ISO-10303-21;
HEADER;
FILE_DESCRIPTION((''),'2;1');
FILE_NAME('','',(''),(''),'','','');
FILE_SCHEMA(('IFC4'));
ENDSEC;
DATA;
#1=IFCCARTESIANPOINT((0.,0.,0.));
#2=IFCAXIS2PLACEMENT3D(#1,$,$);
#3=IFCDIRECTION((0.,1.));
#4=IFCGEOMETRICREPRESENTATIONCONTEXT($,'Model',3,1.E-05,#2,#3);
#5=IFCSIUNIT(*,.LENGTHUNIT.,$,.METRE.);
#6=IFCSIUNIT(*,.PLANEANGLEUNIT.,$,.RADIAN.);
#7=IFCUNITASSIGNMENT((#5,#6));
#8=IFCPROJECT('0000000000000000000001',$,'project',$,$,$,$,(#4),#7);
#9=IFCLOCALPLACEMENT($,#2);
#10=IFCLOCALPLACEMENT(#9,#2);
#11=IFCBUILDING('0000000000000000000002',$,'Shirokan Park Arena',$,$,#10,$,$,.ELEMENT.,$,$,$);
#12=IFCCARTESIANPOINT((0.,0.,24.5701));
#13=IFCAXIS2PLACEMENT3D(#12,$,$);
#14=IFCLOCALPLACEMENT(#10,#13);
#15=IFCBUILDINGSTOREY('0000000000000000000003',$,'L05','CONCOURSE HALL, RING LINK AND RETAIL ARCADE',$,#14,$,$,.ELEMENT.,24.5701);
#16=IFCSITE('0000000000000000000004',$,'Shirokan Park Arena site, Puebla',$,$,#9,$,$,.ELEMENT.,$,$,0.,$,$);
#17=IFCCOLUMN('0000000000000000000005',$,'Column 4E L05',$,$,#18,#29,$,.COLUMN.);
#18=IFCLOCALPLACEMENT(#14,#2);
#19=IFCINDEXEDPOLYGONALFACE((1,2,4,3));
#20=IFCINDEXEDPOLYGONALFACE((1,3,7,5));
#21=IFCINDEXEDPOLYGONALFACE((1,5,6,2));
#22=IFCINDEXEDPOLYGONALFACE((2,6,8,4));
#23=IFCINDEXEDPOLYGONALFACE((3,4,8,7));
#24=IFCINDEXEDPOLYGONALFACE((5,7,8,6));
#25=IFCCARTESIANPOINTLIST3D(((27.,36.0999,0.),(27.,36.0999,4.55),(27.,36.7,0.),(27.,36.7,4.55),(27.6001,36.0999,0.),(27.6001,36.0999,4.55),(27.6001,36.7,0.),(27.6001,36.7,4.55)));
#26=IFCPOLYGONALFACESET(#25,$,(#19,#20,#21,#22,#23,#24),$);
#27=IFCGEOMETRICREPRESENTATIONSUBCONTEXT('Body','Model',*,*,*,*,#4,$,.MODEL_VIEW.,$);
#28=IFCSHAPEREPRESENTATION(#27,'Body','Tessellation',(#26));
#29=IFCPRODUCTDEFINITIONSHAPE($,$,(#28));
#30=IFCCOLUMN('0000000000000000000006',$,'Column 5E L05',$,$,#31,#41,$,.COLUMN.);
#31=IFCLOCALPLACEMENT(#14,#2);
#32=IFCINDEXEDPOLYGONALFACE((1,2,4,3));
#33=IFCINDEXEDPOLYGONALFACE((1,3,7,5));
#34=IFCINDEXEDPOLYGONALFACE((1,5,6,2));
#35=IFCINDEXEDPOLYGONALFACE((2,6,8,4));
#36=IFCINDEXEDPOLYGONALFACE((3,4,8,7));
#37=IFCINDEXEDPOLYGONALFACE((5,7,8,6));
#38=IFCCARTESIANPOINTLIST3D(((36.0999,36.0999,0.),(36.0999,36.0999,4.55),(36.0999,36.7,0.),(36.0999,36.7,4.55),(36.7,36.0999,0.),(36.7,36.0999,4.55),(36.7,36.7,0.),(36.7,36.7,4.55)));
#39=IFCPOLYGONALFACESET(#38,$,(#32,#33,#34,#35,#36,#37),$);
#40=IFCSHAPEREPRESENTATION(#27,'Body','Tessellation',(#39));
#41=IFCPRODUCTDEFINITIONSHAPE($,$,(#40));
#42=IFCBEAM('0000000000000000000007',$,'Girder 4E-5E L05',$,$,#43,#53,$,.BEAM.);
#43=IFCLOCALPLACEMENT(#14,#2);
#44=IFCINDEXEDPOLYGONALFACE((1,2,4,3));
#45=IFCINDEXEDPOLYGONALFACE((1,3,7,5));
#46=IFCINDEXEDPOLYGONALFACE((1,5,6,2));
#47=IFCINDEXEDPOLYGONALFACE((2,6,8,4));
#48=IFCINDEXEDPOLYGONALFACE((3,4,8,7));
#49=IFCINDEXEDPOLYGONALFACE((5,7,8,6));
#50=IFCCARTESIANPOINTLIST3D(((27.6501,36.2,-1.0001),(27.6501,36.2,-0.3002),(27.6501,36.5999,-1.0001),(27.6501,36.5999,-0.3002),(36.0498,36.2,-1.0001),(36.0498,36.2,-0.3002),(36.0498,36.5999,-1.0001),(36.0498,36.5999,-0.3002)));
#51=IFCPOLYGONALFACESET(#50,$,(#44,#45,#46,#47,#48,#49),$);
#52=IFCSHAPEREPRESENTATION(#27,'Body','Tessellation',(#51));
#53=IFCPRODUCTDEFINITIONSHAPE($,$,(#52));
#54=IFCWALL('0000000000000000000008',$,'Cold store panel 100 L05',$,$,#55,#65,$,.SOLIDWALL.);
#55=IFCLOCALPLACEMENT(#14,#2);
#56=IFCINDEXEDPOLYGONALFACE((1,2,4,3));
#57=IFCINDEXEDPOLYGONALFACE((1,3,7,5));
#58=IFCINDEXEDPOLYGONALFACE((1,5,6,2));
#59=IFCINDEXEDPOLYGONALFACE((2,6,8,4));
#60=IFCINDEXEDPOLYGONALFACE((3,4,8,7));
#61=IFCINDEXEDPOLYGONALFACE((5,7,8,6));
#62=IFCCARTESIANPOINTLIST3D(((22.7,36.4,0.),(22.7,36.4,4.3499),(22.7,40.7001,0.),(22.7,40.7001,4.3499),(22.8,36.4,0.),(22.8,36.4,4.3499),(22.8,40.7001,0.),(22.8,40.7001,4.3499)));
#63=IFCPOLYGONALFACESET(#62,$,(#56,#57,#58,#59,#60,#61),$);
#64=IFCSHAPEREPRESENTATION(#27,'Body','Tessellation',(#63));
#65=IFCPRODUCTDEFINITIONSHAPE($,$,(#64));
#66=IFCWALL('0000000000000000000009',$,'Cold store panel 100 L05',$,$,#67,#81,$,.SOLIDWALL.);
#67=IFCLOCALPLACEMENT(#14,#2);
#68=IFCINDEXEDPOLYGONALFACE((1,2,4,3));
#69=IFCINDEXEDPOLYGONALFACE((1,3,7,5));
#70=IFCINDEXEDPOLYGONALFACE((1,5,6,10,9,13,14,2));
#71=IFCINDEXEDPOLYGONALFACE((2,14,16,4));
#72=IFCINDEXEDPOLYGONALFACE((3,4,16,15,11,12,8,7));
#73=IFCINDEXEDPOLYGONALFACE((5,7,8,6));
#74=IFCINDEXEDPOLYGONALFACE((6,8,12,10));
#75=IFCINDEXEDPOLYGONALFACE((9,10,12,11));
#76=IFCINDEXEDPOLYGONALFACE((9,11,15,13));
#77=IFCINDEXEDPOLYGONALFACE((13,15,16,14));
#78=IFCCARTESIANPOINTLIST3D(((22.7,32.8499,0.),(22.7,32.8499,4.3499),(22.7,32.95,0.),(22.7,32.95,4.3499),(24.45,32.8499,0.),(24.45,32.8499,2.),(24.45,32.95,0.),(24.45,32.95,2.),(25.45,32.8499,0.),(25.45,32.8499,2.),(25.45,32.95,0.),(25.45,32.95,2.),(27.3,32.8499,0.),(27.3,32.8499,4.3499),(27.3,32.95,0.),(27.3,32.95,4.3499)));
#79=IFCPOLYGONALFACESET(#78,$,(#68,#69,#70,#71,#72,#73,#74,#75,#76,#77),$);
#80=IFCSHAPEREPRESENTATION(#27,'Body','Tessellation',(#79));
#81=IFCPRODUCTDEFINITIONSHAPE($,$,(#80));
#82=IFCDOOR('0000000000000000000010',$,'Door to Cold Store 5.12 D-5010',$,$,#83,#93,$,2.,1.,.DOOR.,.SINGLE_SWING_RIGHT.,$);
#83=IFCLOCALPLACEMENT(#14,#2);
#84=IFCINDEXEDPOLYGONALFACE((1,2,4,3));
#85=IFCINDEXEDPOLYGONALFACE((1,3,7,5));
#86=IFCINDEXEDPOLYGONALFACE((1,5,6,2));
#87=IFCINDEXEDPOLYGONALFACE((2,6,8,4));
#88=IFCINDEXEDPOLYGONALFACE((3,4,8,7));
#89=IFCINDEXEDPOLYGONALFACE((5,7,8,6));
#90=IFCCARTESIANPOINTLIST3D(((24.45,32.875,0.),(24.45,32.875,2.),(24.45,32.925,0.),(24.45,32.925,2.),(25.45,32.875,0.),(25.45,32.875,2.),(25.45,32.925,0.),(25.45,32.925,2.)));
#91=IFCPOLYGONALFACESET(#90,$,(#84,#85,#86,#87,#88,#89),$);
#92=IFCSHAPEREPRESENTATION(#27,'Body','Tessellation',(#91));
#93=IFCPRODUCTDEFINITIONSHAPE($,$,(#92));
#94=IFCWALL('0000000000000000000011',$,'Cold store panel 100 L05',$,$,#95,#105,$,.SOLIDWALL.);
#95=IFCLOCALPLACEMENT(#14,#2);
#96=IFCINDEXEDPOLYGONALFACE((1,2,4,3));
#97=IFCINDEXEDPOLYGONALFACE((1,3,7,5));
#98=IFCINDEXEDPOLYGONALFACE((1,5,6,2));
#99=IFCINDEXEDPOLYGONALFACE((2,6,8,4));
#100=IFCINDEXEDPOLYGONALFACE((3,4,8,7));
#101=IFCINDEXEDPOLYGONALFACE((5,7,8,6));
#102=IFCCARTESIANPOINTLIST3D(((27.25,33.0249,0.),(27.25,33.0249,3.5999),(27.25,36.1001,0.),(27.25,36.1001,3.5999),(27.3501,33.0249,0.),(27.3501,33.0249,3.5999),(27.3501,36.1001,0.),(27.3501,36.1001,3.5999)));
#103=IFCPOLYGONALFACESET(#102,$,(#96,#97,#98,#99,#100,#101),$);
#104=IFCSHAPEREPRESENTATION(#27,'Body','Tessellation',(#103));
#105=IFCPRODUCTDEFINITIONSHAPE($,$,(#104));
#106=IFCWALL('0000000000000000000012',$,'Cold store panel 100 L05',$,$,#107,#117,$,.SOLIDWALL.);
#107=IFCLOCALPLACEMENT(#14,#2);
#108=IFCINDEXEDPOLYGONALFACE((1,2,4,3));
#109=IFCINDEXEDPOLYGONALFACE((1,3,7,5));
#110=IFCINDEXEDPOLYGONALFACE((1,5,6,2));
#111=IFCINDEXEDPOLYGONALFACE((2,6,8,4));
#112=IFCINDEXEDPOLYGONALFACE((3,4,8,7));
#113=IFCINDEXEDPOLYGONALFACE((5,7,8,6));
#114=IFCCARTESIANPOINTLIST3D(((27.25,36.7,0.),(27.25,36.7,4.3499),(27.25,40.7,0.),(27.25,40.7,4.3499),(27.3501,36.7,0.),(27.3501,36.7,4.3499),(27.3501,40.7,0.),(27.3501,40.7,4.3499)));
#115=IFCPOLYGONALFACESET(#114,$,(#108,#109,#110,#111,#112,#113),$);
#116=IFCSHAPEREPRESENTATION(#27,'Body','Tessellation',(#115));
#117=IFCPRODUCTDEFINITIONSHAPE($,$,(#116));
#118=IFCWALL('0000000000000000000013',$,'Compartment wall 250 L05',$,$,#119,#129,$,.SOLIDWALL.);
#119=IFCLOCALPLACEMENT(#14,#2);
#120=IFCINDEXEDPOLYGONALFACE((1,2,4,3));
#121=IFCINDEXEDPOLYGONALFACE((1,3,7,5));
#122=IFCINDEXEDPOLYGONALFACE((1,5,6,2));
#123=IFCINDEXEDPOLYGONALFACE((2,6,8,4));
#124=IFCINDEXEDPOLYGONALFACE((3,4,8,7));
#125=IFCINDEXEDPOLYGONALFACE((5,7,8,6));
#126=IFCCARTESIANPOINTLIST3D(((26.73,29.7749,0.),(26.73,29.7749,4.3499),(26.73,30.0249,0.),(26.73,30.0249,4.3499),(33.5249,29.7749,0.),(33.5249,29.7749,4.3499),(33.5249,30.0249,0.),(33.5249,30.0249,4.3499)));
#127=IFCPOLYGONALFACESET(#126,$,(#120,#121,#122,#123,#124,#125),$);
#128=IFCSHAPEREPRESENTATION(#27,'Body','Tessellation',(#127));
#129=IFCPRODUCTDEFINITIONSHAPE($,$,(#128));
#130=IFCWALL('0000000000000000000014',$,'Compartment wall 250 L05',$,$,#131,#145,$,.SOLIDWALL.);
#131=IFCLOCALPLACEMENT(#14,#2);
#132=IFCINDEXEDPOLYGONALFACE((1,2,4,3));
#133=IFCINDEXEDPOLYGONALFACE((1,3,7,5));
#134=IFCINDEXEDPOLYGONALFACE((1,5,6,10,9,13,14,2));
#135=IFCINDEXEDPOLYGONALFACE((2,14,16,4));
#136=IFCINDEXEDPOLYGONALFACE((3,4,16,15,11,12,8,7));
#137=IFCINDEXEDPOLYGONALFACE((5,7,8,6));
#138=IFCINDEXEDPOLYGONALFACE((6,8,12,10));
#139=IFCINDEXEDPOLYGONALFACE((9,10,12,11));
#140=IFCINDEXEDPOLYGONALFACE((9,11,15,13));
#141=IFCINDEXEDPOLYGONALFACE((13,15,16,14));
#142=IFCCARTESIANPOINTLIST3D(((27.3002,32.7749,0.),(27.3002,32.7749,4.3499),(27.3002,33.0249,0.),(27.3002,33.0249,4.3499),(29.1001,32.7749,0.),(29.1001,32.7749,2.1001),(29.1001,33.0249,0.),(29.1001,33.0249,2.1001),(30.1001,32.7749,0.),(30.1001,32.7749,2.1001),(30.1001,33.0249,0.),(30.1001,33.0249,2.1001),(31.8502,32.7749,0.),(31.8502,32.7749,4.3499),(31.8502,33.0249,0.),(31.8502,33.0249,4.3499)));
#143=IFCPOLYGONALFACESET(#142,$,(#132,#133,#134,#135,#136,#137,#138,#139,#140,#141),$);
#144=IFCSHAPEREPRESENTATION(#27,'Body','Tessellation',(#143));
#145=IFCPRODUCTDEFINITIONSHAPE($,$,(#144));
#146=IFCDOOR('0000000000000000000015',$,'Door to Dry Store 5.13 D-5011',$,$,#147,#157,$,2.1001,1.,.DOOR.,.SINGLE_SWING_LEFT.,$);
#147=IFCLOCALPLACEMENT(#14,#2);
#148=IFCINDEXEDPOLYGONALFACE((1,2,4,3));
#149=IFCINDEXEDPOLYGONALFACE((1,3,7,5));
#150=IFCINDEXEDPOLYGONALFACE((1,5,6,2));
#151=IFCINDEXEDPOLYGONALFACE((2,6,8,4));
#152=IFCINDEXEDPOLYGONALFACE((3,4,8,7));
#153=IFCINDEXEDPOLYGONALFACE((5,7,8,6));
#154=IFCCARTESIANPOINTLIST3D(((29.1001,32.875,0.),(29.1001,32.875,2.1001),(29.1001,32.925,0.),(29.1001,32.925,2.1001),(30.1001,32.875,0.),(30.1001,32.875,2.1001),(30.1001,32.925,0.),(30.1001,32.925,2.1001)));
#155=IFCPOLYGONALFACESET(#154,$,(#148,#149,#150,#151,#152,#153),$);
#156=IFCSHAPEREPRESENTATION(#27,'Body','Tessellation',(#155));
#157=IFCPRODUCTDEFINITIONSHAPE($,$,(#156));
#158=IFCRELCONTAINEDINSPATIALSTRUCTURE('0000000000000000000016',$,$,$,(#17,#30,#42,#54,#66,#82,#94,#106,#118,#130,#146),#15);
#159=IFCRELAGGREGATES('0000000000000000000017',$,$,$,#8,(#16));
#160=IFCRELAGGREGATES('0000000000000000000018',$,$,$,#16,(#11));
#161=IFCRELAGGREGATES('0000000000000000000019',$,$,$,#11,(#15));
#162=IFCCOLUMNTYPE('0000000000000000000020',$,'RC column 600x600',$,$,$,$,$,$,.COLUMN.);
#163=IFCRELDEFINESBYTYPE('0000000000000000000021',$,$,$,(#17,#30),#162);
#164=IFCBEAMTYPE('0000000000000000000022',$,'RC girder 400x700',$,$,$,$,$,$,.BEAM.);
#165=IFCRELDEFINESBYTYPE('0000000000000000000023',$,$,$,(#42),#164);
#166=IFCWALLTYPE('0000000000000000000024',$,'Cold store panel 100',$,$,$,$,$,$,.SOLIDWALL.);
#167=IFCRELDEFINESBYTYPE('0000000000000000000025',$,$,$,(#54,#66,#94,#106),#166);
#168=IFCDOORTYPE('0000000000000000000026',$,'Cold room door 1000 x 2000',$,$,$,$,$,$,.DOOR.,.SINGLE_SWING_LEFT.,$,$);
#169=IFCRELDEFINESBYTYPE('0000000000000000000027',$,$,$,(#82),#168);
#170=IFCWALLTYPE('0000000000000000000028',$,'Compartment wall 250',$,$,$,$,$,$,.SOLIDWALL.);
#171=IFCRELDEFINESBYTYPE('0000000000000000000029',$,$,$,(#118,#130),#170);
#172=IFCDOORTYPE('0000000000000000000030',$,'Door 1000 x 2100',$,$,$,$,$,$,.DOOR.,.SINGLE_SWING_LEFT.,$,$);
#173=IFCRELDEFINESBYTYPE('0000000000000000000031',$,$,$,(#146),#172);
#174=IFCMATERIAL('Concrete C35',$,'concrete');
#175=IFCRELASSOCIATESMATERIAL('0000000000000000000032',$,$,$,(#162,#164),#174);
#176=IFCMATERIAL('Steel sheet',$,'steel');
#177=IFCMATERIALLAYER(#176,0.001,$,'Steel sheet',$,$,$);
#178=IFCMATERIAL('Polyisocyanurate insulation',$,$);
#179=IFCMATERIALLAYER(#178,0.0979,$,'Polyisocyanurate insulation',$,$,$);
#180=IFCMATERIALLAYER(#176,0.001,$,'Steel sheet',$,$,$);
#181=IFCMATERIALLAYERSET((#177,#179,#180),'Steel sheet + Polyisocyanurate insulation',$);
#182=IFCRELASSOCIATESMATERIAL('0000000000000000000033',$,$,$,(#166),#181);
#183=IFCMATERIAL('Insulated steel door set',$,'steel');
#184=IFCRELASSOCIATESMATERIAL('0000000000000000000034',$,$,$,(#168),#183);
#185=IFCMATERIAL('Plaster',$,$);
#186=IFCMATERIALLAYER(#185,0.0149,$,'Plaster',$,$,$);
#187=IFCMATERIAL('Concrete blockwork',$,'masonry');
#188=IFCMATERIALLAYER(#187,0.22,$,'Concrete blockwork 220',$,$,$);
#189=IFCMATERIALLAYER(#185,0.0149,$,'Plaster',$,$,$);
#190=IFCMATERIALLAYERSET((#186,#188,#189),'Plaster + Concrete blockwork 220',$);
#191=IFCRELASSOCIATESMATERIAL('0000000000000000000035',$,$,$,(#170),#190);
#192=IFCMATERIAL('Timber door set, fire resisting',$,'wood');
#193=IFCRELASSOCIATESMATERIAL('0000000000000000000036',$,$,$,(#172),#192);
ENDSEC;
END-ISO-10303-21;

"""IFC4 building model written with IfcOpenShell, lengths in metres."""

from ifc_helpers import new_model, si_unit, direction, frame, frame_2d, origin, origin_2d, place, context, subcontext, project, spatial, rectangle, extrude, material, layer, layer_set, material_profile, profile_set, type_object, element, fill, save


model = new_model("IFC4")

# Units and contexts
model_context = context("Model", 3, precision=1e-05, world=origin(), true_north=direction((0.0, 1.0)))
body_context = subcontext(model_context, "Body", "Model", "MODEL_VIEW")
ifc_project = project(units=[si_unit("LENGTHUNIT", "METRE"), si_unit("PLANEANGLEUNIT", "RADIAN")], contexts=[model_context])

# Site, building, storey
site_placement = place(None, origin())
site = spatial("IfcSite", under=ifc_project, at=site_placement, Name="Shirokan Park Arena site, Puebla", CompositionType="ELEMENT", RefElevation=0.0)
building_placement = place(site_placement, origin())
building = spatial("IfcBuilding", under=site, at=building_placement, Name="Shirokan Park Arena", CompositionType="ELEMENT")
storey_placement = place(building_placement, frame((0.0, 0.0, 24.5701)))
storey = spatial("IfcBuildingStorey", under=building, at=storey_placement, Name="L05", Description="CONCOURSE HALL, RING LINK AND RETAIL ARCADE", CompositionType="ELEMENT", Elevation=24.5701)

# Columns
ifc_material_1 = material(Name="Concrete C35", Category="concrete")
ifc_material_profile_1 = material_profile(ifc_material_1, rectangle(XDim=0.6001, YDim=0.6001, at=origin_2d()), Name="600x600")
ifc_profile_set_1 = profile_set([ifc_material_profile_1], Name="Concrete C35")
column_type = type_object("IfcColumnType", Name="RC column 600x600", PredefinedType="COLUMN", material=ifc_profile_set_1)
for number, where, z_axis, x_axis, name in (
    (1, (27.3, 36.3999, 0.0), (0.0, 0.0, 1.0), (1.0, 0.0, 0.0), "Column 4E L05"),
    (2, (36.3999, 36.3999, 0.0), (0.0, 0.0, 1.0), (1.0, 0.0, 0.0), "Column 5E L05"),
):
    element("IfcColumn", number, at=place(storey_placement, frame(where, z_axis=z_axis, x_axis=x_axis)), inside=storey, type_object=column_type, Name=name, PredefinedType="COLUMN", context=body_context, shape_type="SweptSolid", body=[
        extrude(rectangle(XDim=0.6001, YDim=0.6001, at=origin_2d()), origin(), (0.0, 0.0, 1.0), 4.55),
    ])

# Beam
ifc_material_profile_2 = material_profile(ifc_material_1, rectangle(XDim=0.3999, YDim=0.7, at=origin_2d()), Name="400x700")
ifc_profile_set_2 = profile_set([ifc_material_profile_2], Name="Concrete C35")
beam_type = type_object("IfcBeamType", Name="RC girder 400x700", PredefinedType="BEAM", material=ifc_profile_set_2)
beam_placement = place(storey_placement, frame((27.6501, 36.3999, -0.6501), z_axis=(1.0, 0.0, 0.0), x_axis=(0.0, 1.0, 0.0)))
element("IfcBeam", 3, at=beam_placement, inside=storey, type_object=beam_type, Name="Girder 4E-5E L05", PredefinedType="BEAM", context=body_context, shape_type="SweptSolid", body=[
    extrude(rectangle(XDim=0.3999, YDim=0.7, at=origin_2d()), origin(), (0.0, 0.0, 1.0), 8.3997),
])

# Wall
ifc_material_2 = material(Name="Steel sheet", Category="steel")
ifc_layer_1 = layer(ifc_material_2, 0.001, Name="Steel sheet")
ifc_material_3 = material(Name="Polyisocyanurate insulation")
ifc_layer_2 = layer(ifc_material_3, 0.0979, Name="Polyisocyanurate insulation")
ifc_layer_3 = layer(ifc_material_2, 0.001, Name="Steel sheet")
ifc_layer_set_1 = layer_set([ifc_layer_1, ifc_layer_2, ifc_layer_3], Name="Steel sheet + Polyisocyanurate insulation")
wall_type_1 = type_object("IfcWallType", Name="Cold store panel 100", PredefinedType="SOLIDWALL", material=ifc_layer_set_1)
wall_1_placement = place(storey_placement, frame((22.75, 40.7, 0.0), z_axis=(0.0, 0.0, 1.0), x_axis=(0.0, -1.0, 0.0)))
element("IfcWall", 4, at=wall_1_placement, inside=storey, type_object=wall_type_1, Name="Cold store panel 100 L05", PredefinedType="SOLIDWALL", context=body_context, shape_type="SweptSolid", body=[
    extrude(rectangle(XDim=4.3, YDim=0.1001, at=frame_2d((2.1499, 0.0))), origin(), (0.0, 0.0, 1.0), 4.3499),
])

# Wall, opening, door
wall_2_placement = place(storey_placement, frame((27.3, 32.8999, 0.0), z_axis=(0.0, 0.0, 1.0), x_axis=(-1.0, 0.0, 0.0)))
wall_2 = element("IfcWall", 5, at=wall_2_placement, inside=storey, type_object=wall_type_1, Name="Cold store panel 100 L05", PredefinedType="SOLIDWALL", context=body_context, shape_type="SweptSolid", body=[
    extrude(rectangle(XDim=4.6001, YDim=0.1001, at=frame_2d((2.3, 0.0))), origin(), (0.0, 0.0, 1.0), 4.3499),
])
opening_1_placement = place(wall_2_placement, frame((1.8501, 0.0, 0.0)))
opening_1 = element("IfcOpeningElement", 6, at=opening_1_placement, cuts=wall_2, PredefinedType="OPENING", context=body_context, shape_type="SweptSolid", body=[
    extrude(rectangle(XDim=1.0, YDim=2.0, at=frame_2d((0.5, 1.0))), frame((0.0, 0.0601, 0.0), z_axis=(0.0, -1.0, 0.0), x_axis=(1.0, 0.0, 0.0)), (0.0, 0.0, 1.0), 0.1201),
])
ifc_material_4 = material(Name="Insulated steel door set", Category="steel")
door_type_1 = type_object("IfcDoorType", Name="Cold room door 1000 x 2000", OperationType="SINGLE_SWING_LEFT", PredefinedType="DOOR", material=ifc_material_4)
door_1_placement = place(opening_1_placement, origin())
door_1 = element("IfcDoor", 7, at=door_1_placement, inside=storey, type_object=door_type_1, Name="Door to Cold Store 5.12 D-5010", OperationType="SINGLE_SWING_RIGHT", OverallHeight=2.0, OverallWidth=1.0, PredefinedType="DOOR", context=body_context, shape_type="SweptSolid", body=[
    extrude(rectangle(XDim=1.0, YDim=2.0, at=frame_2d((0.5, 1.0))), frame((0.0, 0.0249, 0.0), z_axis=(0.0, -1.0, 0.0), x_axis=(1.0, 0.0, 0.0)), (0.0, 0.0, 1.0), 0.05),
])
fill(opening_1, door_1)

# Walls
wall_3_placement = place(storey_placement, frame((27.3, 36.1001, 0.0), z_axis=(0.0, 0.0, 1.0), x_axis=(0.0, -1.0, 0.0)))
element("IfcWall", 8, at=wall_3_placement, inside=storey, type_object=wall_type_1, Name="Cold store panel 100 L05", PredefinedType="SOLIDWALL", context=body_context, shape_type="SweptSolid", body=[
    extrude(rectangle(XDim=3.0752, YDim=0.1001, at=frame_2d((1.5376, 0.0))), origin(), (0.0, 0.0, 1.0), 3.5999),
])
wall_4_placement = place(storey_placement, frame((27.3, 40.7, 0.0), z_axis=(0.0, 0.0, 1.0), x_axis=(0.0, -1.0, 0.0)))
element("IfcWall", 9, at=wall_4_placement, inside=storey, type_object=wall_type_1, Name="Cold store panel 100 L05", PredefinedType="SOLIDWALL", context=body_context, shape_type="SweptSolid", body=[
    extrude(rectangle(XDim=4.0, YDim=0.1001, at=frame_2d((2.0, 0.0))), origin(), (0.0, 0.0, 1.0), 4.3499),
])
ifc_material_5 = material(Name="Plaster")
ifc_layer_4 = layer(ifc_material_5, 0.0149, Name="Plaster")
ifc_material_6 = material(Name="Concrete blockwork", Category="masonry")
ifc_layer_5 = layer(ifc_material_6, 0.22, Name="Concrete blockwork 220")
ifc_layer_6 = layer(ifc_material_5, 0.0149, Name="Plaster")
ifc_layer_set_2 = layer_set([ifc_layer_4, ifc_layer_5, ifc_layer_6], Name="Plaster + Concrete blockwork 220")
wall_type_2 = type_object("IfcWallType", Name="Compartment wall 250", PredefinedType="SOLIDWALL", material=ifc_layer_set_2)
wall_5_placement = place(storey_placement, frame((26.73, 29.8999, 0.0), z_axis=(0.0, 0.0, 1.0), x_axis=(1.0, 0.0, 0.0)))
element("IfcWall", 10, at=wall_5_placement, inside=storey, type_object=wall_type_2, Name="Compartment wall 250 L05", PredefinedType="SOLIDWALL", context=body_context, shape_type="SweptSolid", body=[
    extrude(rectangle(XDim=6.7949, YDim=0.25, at=frame_2d((3.3975, 0.0))), origin(), (0.0, 0.0, 1.0), 4.3499),
])

# Wall, opening, door
wall_6_placement = place(storey_placement, frame((31.8501, 32.8999, 0.0), z_axis=(0.0, 0.0, 1.0), x_axis=(-1.0, 0.0, 0.0)))
wall_6 = element("IfcWall", 11, at=wall_6_placement, inside=storey, type_object=wall_type_2, Name="Compartment wall 250 L05", PredefinedType="SOLIDWALL", context=body_context, shape_type="SweptSolid", body=[
    extrude(rectangle(XDim=4.55, YDim=0.25, at=frame_2d((2.2749, 0.0))), origin(), (0.0, 0.0, 1.0), 4.3499),
])
opening_2_placement = place(wall_6_placement, frame((1.75, 0.0, 0.0)))
opening_2 = element("IfcOpeningElement", 12, at=opening_2_placement, cuts=wall_6, PredefinedType="OPENING", context=body_context, shape_type="SweptSolid", body=[
    extrude(rectangle(XDim=1.0, YDim=2.1001, at=frame_2d((0.5, 1.05))), frame((0.0, 0.135, 0.0), z_axis=(0.0, -1.0, 0.0), x_axis=(1.0, 0.0, 0.0)), (0.0, 0.0, 1.0), 0.27),
])
ifc_material_7 = material(Name="Timber door set, fire resisting", Category="wood")
door_type_2 = type_object("IfcDoorType", Name="Door 1000 x 2100", OperationType="SINGLE_SWING_LEFT", PredefinedType="DOOR", material=ifc_material_7)
door_2_placement = place(opening_2_placement, origin())
door_2 = element("IfcDoor", 13, at=door_2_placement, inside=storey, type_object=door_type_2, Name="Door to Dry Store 5.13 D-5011", OperationType="SINGLE_SWING_LEFT", OverallHeight=2.1001, OverallWidth=1.0, PredefinedType="DOOR", context=body_context, shape_type="SweptSolid", body=[
    extrude(rectangle(XDim=1.0, YDim=2.1001, at=frame_2d((0.5, 1.05))), frame((0.0, 0.0249, 0.0), z_axis=(0.0, -1.0, 0.0), x_axis=(1.0, 0.0, 0.0)), (0.0, 0.0, 1.0), 0.05),
])
fill(opening_2, door_2)

save(model, "model.ifc")
